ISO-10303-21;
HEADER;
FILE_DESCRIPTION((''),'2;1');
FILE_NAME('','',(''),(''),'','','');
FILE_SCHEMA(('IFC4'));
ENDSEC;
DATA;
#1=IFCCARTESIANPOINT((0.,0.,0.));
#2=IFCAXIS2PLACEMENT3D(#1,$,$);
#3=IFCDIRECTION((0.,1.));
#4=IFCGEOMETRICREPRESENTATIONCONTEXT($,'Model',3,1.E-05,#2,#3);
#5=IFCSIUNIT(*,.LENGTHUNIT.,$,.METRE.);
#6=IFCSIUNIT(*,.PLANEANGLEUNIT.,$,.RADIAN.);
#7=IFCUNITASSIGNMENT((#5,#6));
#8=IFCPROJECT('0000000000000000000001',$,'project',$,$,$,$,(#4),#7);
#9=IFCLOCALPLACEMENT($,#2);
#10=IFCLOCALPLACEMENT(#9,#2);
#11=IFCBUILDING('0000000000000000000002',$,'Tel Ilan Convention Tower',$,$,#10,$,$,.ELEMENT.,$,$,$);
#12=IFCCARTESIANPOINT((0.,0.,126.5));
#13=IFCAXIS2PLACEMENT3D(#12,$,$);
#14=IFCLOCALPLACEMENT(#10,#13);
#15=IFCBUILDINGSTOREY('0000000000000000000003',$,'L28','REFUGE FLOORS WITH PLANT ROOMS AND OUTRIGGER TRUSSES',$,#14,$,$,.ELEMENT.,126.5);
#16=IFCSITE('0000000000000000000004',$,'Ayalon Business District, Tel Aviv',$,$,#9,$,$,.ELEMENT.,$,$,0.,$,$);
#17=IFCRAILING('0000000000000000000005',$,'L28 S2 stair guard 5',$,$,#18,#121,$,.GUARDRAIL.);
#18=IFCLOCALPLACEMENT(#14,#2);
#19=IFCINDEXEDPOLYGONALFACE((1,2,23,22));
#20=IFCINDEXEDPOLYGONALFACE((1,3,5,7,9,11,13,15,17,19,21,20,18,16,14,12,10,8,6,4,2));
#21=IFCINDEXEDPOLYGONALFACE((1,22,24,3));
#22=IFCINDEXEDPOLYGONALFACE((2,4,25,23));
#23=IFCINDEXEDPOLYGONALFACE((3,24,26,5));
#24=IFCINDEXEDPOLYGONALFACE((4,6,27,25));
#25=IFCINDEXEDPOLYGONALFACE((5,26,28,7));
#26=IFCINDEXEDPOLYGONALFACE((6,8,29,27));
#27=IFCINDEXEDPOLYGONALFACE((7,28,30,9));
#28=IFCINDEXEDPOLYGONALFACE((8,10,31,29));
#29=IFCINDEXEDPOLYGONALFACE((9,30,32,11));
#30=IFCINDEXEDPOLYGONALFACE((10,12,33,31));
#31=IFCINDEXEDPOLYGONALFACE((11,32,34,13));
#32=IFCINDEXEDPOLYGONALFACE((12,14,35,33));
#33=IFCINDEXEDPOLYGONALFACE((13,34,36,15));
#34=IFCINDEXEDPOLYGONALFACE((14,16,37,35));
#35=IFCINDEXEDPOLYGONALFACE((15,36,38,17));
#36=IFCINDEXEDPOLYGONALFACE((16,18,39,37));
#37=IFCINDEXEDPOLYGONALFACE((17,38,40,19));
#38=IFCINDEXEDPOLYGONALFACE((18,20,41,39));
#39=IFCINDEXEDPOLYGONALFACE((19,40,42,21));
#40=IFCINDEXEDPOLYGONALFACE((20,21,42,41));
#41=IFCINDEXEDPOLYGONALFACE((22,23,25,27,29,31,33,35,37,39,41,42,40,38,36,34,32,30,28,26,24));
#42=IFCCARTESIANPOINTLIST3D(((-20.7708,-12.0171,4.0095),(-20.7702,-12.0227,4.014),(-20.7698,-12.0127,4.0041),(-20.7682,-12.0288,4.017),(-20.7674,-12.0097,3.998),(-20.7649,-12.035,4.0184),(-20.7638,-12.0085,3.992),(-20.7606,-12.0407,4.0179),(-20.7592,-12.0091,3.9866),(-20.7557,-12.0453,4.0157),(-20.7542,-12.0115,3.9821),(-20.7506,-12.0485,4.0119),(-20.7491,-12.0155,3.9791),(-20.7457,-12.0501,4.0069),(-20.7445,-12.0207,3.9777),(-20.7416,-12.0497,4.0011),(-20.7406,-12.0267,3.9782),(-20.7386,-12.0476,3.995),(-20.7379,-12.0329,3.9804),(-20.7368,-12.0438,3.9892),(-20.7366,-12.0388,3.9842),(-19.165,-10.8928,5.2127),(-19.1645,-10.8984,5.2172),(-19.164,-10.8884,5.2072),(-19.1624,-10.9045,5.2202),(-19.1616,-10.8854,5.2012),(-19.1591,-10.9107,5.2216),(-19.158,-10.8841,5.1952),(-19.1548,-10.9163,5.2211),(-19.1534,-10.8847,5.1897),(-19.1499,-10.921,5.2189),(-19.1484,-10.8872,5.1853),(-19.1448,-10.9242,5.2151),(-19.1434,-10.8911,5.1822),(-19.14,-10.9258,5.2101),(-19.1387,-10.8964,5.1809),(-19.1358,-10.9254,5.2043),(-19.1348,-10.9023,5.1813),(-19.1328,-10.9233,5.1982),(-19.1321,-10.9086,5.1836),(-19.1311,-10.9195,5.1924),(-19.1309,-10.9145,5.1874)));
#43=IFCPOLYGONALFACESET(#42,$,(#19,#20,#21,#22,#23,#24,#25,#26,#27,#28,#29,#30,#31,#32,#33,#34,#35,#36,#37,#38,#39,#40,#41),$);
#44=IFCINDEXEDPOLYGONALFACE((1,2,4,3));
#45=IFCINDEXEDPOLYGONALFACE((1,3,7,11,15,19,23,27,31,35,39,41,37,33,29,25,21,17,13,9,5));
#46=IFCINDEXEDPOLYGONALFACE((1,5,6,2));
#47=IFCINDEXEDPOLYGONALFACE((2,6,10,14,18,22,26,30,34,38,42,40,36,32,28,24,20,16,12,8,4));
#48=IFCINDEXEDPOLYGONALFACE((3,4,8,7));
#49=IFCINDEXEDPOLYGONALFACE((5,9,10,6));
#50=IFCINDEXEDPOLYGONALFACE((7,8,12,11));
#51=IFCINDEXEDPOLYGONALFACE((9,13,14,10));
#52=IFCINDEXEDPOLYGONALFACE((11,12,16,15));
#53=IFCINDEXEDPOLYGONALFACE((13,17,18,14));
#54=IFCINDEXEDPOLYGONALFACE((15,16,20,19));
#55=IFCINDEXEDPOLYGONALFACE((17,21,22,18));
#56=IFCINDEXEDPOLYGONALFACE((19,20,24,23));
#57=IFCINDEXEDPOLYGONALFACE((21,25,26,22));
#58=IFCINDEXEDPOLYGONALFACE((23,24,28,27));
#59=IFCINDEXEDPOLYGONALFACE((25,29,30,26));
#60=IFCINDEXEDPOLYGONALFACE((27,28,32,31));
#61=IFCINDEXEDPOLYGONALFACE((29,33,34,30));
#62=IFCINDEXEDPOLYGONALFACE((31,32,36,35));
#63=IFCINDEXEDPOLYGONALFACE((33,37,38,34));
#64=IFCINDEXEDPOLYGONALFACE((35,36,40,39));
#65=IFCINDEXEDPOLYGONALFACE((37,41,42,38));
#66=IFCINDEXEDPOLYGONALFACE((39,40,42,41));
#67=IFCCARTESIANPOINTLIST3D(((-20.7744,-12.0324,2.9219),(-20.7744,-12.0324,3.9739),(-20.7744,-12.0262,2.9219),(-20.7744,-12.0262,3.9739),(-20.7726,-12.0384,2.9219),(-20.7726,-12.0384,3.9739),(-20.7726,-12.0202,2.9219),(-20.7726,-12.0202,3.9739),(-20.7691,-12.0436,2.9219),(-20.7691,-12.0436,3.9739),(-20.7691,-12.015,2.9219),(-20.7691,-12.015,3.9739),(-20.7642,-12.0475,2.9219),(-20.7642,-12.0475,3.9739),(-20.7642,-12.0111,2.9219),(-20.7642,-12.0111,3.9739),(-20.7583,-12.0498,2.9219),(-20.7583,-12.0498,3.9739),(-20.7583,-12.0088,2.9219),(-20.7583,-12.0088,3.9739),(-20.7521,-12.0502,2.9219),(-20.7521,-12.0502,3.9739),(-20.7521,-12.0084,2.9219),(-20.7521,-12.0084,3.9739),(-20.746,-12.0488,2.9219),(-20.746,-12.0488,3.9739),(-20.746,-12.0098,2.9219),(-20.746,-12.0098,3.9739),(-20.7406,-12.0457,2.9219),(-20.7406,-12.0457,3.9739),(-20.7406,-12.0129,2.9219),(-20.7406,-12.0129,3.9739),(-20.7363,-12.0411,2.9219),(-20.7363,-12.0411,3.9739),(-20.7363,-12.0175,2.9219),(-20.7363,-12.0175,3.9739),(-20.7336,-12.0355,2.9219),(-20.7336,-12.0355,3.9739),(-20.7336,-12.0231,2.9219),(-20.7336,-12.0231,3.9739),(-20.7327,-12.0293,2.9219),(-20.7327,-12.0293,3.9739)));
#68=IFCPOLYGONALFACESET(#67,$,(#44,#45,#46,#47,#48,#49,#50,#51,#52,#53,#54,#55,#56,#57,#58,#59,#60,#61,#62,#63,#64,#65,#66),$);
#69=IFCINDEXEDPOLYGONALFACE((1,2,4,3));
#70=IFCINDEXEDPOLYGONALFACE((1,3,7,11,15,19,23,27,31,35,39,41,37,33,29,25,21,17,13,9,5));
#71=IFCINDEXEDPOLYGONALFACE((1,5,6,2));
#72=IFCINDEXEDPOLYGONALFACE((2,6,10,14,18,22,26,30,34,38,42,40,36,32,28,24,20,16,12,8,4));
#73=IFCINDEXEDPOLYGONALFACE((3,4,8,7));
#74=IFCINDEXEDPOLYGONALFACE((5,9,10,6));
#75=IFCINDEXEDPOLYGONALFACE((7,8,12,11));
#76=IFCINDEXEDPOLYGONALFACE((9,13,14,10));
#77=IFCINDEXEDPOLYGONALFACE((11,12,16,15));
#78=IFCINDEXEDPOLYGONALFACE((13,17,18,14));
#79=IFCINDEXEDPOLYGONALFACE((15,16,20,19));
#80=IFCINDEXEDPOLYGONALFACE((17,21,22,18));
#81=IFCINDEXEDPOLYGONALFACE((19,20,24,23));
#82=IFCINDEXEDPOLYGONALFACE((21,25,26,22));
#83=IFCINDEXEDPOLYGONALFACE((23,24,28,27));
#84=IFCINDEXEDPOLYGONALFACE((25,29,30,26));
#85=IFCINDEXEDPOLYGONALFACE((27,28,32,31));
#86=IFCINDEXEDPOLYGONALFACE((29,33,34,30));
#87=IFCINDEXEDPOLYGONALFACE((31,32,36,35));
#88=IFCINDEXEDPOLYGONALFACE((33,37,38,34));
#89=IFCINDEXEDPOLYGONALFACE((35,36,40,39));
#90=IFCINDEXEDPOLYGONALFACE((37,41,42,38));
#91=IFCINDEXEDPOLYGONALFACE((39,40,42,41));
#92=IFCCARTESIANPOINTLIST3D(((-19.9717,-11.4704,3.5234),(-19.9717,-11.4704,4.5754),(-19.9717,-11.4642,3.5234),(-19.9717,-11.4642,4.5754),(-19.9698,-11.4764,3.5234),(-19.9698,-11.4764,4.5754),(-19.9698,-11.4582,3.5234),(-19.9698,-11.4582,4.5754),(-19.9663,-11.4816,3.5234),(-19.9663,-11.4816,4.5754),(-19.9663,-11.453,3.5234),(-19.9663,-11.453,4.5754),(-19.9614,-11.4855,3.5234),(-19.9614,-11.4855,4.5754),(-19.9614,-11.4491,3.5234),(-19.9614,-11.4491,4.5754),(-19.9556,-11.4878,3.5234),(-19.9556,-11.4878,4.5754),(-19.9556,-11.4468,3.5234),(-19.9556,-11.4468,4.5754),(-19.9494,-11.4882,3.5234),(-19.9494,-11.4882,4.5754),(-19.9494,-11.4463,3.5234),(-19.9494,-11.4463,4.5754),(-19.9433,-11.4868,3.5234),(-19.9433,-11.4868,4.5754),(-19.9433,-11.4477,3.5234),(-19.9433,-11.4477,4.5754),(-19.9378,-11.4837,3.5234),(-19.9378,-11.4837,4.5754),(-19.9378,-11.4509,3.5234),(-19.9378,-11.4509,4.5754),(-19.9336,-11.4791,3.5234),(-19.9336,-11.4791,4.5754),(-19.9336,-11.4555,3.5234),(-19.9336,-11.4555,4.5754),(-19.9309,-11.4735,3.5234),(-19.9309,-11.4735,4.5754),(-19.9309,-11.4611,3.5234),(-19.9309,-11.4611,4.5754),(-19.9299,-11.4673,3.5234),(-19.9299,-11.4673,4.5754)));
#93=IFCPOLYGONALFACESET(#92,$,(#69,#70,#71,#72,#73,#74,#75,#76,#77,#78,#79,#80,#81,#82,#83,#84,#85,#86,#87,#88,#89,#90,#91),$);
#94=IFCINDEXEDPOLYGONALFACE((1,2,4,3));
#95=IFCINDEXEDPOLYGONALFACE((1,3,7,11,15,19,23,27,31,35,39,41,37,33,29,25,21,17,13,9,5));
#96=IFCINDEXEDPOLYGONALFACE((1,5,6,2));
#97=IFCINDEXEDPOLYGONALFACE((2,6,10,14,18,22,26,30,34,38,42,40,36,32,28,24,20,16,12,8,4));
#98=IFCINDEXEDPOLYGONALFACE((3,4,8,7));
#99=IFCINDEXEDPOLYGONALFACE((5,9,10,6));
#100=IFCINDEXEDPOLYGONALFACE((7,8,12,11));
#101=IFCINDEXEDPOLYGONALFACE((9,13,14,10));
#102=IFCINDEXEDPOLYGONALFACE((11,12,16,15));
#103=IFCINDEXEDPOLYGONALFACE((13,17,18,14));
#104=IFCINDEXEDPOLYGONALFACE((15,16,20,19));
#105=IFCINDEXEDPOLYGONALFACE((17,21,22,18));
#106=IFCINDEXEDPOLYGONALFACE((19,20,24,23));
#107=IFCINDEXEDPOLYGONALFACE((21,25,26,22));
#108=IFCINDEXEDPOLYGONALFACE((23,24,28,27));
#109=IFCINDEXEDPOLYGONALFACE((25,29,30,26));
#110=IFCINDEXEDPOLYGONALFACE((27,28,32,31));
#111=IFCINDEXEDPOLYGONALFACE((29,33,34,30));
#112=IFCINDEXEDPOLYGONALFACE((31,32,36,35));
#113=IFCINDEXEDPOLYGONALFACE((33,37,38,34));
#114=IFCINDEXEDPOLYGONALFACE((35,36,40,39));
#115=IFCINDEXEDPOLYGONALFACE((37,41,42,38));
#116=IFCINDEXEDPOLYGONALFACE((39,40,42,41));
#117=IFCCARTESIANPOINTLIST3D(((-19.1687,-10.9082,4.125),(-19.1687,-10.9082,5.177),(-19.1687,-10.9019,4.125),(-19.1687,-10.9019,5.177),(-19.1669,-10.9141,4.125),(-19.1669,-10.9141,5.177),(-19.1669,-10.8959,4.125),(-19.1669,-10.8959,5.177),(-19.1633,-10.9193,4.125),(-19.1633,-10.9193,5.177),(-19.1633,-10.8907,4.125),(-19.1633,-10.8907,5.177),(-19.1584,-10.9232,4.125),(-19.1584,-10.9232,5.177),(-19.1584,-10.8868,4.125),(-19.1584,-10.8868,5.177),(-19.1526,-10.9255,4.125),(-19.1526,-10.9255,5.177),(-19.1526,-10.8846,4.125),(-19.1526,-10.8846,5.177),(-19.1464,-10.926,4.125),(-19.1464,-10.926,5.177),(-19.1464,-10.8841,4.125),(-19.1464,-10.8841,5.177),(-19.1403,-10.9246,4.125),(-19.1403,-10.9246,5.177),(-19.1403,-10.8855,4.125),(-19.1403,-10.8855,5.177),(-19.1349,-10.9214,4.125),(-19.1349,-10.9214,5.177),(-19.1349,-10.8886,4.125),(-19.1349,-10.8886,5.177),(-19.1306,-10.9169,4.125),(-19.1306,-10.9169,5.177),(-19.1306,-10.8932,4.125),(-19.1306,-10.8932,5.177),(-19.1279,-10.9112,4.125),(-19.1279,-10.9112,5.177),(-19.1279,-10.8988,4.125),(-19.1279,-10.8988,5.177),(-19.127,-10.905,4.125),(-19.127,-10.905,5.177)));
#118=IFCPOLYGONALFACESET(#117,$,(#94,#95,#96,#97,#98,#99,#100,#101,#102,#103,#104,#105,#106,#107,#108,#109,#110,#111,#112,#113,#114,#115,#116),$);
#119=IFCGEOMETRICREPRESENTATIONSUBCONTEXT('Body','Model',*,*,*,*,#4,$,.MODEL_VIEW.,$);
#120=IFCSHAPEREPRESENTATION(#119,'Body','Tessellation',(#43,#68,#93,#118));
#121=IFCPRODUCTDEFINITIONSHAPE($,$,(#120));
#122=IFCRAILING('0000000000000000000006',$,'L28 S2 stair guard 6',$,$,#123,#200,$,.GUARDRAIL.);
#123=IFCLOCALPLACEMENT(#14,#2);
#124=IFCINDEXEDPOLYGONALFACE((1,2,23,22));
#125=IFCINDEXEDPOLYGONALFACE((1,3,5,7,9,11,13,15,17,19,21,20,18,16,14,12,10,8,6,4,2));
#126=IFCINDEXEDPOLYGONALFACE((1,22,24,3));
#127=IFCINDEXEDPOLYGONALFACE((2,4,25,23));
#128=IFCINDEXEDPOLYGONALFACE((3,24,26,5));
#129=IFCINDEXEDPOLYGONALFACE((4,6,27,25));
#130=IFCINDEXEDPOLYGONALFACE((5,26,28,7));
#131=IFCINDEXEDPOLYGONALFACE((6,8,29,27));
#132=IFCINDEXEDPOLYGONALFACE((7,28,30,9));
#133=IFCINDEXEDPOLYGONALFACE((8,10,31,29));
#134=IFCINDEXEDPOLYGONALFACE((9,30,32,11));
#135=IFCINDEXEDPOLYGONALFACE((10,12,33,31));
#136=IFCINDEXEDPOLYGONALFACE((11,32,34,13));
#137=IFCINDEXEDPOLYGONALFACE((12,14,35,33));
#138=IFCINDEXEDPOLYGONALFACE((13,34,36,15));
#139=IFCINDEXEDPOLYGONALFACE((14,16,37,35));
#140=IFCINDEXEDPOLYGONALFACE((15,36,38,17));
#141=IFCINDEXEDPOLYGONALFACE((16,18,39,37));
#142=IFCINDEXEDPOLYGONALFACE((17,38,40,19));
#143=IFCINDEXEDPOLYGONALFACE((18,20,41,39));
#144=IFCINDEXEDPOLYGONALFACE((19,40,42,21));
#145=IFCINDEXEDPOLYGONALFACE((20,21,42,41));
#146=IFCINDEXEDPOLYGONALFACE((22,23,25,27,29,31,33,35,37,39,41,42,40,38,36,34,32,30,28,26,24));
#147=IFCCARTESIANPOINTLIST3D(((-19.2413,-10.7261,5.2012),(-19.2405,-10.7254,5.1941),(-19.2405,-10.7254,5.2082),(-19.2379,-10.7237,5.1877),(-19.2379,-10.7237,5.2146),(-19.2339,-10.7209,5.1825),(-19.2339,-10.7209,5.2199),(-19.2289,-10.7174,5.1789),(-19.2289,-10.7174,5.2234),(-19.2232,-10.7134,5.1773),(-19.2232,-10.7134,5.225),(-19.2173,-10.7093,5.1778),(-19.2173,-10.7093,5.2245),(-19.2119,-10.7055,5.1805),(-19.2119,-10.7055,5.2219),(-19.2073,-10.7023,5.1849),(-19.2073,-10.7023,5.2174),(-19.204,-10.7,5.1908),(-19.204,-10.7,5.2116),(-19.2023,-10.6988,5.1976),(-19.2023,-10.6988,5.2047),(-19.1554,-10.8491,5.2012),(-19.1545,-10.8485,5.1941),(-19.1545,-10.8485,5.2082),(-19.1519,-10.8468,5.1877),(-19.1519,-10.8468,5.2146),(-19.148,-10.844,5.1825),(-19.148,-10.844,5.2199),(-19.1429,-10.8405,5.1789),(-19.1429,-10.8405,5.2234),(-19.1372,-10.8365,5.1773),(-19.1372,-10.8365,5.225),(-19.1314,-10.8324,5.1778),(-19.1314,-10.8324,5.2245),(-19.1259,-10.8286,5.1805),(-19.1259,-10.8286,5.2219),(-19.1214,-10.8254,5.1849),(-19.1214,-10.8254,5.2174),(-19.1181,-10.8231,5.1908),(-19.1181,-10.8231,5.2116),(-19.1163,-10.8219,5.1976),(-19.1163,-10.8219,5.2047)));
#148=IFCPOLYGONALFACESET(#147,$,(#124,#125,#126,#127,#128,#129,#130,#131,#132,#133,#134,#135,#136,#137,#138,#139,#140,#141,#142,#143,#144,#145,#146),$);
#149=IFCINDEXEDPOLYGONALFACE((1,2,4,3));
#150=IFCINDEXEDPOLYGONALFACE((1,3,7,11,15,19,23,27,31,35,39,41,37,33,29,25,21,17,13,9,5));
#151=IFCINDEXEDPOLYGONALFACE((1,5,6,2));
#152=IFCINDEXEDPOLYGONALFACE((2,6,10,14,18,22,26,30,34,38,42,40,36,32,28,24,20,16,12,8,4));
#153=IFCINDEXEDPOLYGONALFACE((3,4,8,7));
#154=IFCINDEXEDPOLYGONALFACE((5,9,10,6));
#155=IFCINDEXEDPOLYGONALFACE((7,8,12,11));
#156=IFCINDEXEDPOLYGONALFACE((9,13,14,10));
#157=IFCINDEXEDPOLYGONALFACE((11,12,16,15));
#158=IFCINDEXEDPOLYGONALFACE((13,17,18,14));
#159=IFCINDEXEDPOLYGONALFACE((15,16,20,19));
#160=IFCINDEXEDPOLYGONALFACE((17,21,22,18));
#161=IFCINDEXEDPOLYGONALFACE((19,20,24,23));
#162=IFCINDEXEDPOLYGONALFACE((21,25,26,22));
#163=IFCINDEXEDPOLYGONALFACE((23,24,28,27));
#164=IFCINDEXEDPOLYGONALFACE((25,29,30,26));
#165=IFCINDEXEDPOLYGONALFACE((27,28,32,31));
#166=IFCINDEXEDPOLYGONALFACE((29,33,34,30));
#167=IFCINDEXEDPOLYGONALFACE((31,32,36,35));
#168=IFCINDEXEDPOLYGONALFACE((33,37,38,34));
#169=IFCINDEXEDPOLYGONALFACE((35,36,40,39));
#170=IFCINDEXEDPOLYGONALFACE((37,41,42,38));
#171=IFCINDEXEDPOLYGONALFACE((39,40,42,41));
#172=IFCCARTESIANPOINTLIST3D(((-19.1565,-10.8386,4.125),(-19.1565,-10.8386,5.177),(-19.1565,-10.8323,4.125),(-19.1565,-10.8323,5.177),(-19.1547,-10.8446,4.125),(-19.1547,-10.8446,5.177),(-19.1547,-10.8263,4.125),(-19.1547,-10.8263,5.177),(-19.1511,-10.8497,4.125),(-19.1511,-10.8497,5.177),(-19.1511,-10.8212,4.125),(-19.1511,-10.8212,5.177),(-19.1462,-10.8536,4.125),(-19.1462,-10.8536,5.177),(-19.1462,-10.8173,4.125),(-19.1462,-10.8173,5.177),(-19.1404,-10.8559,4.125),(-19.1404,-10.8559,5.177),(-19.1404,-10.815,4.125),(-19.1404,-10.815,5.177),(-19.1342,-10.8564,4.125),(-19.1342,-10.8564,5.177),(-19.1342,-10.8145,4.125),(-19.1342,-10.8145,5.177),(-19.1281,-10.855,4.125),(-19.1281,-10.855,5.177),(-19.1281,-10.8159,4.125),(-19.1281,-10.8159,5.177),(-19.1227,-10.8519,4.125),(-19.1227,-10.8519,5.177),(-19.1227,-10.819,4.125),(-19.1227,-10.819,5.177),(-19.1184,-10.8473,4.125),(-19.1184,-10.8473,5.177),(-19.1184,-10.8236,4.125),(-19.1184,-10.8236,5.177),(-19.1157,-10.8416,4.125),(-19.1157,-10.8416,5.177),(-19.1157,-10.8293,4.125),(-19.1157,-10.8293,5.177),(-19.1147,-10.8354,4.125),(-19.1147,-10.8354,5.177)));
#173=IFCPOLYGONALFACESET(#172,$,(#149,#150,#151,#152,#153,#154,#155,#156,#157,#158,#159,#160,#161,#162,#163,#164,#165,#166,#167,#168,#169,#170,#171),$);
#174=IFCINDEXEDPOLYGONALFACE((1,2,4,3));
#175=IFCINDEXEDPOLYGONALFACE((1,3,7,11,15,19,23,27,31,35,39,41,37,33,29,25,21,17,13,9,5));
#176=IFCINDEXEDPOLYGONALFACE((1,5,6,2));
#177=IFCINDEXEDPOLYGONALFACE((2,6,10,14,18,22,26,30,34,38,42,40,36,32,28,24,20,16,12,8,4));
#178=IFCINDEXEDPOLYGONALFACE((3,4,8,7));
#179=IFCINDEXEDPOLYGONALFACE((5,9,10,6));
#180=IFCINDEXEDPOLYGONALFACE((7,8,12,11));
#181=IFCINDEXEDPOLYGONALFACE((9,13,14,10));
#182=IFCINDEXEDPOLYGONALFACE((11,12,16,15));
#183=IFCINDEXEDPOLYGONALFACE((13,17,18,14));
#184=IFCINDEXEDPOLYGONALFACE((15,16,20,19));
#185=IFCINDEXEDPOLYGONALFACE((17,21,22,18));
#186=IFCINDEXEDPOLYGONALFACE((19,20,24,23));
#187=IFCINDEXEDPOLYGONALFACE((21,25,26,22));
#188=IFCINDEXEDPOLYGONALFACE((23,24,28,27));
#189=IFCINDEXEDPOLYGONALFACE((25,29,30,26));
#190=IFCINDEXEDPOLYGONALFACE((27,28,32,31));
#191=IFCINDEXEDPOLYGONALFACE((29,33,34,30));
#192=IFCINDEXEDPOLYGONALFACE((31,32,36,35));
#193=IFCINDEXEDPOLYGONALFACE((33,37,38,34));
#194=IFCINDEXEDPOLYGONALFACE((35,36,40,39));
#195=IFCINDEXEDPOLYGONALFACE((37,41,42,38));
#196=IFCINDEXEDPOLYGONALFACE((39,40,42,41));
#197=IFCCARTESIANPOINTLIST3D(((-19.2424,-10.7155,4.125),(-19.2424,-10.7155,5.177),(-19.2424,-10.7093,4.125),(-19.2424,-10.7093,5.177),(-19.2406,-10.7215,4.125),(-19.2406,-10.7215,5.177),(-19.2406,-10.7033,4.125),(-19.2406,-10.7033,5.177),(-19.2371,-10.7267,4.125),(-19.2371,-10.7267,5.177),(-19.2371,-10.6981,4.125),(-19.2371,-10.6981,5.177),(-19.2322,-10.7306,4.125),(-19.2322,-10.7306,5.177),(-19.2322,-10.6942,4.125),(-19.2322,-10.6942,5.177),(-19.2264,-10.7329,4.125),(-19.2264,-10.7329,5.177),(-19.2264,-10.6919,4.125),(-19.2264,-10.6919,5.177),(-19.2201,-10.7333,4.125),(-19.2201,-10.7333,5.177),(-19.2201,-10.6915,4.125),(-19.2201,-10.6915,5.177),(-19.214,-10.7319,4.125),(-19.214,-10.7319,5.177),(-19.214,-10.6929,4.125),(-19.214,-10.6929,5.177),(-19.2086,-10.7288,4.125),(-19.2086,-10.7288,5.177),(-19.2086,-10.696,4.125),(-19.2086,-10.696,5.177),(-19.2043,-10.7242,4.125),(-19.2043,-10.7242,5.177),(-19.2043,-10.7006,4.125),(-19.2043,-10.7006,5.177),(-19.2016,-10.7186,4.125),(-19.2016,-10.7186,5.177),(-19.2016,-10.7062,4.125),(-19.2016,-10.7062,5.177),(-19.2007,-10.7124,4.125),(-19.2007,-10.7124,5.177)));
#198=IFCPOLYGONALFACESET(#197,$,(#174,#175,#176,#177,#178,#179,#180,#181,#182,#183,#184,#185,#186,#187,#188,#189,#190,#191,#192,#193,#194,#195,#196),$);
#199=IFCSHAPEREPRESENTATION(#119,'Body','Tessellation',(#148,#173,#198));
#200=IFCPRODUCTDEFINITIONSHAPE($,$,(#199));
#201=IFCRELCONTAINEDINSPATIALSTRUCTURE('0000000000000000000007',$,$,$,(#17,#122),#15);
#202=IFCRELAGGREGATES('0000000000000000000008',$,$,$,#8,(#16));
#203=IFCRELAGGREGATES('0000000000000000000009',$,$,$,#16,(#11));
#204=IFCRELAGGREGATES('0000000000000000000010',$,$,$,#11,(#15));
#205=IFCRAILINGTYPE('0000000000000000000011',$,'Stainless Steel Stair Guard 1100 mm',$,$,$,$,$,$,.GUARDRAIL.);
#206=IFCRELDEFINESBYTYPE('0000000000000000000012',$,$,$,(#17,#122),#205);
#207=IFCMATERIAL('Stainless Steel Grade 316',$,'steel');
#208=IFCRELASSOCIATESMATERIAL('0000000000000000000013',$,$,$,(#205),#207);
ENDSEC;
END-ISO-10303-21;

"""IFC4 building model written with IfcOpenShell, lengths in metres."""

from ifc_helpers import new_model, si_unit, direction, frame, origin, origin_2d, place, context, subcontext, project, spatial, circle, extrude, material, type_object, element, save


model = new_model("IFC4")

# Units and contexts
model_context = context("Model", 3, precision=1e-05, world=origin(), true_north=direction((0.0, 1.0)))
body_context = subcontext(model_context, "Body", "Model", "MODEL_VIEW")
ifc_project = project(units=[si_unit("LENGTHUNIT", "METRE"), si_unit("PLANEANGLEUNIT", "RADIAN")], contexts=[model_context])

# Site, building, storey
site_placement = place(None, origin())
site = spatial("IfcSite", under=ifc_project, at=site_placement, Name="Ayalon Business District, Tel Aviv", CompositionType="ELEMENT", RefElevation=0.0)
building_placement = place(site_placement, origin())
building = spatial("IfcBuilding", under=site, at=building_placement, Name="Tel Ilan Convention Tower", CompositionType="ELEMENT")
storey_placement = place(building_placement, frame((0.0, 0.0, 126.5)))
storey = spatial("IfcBuildingStorey", under=building, at=storey_placement, Name="L28", Description="REFUGE FLOORS WITH PLANT ROOMS AND OUTRIGGER TRUSSES", CompositionType="ELEMENT", Elevation=126.5)

# Railings
ifc_material_1 = material(Name="Stainless Steel Grade 316", Category="steel")
railing_type_1 = type_object("IfcRailingType", Name="Stainless Steel Stair Guard 1100 mm", PredefinedType="GUARDRAIL", material=ifc_material_1)
railing_1_placement = place(storey_placement, frame((-20.7537, -12.0293, 2.9219)))
element("IfcRailing", 1, at=railing_1_placement, inside=storey, type_object=railing_type_1, Name="L28 S2 stair guard 5", PredefinedType="GUARDRAIL", context=body_context, shape_type="SweptSolid", body=[
    extrude(circle(Radius=0.0239, at=origin_2d()), frame((0.0, 0.0, 1.0762), z_axis=(0.698149, 0.488821, 0.523108), x_axis=(-0.573554, 0.819168, 0.0)), (0.0, 0.0, 1.0), 2.3),
    extrude(circle(Radius=0.021, at=origin_2d()), origin(), (0.0, 0.0, 1.0), 1.052),
    extrude(circle(Radius=0.021, at=origin_2d()), frame((0.8027, 0.562, 0.6016)), (0.0, 0.0, 1.0), 1.052),
    extrude(circle(Radius=0.021, at=origin_2d()), frame((1.6057, 1.1243, 1.2031)), (0.0, 0.0, 1.0), 1.052),
])
railing_2_placement = place(storey_placement, frame((-19.1357, -10.8354, 4.125)))
element("IfcRailing", 2, at=railing_2_placement, inside=storey, type_object=railing_type_1, Name="L28 S2 stair guard 6", PredefinedType="GUARDRAIL", context=body_context, shape_type="SweptSolid", body=[
    extrude(circle(Radius=0.0239, at=origin_2d()), frame((0.0, 0.0, 1.0762), z_axis=(-0.572589, 0.819843, 0.0), x_axis=(-0.819843, -0.572589, 0.0)), (0.0, 0.0, 1.0), 0.1501),
    extrude(circle(Radius=0.021, at=origin_2d()), origin(), (0.0, 0.0, 1.0), 1.052),
    extrude(circle(Radius=0.021, at=origin_2d()), frame((-0.0859, 0.123, 0.0)), (0.0, 0.0, 1.0), 1.052),
])

save(model, "model.ifc")
